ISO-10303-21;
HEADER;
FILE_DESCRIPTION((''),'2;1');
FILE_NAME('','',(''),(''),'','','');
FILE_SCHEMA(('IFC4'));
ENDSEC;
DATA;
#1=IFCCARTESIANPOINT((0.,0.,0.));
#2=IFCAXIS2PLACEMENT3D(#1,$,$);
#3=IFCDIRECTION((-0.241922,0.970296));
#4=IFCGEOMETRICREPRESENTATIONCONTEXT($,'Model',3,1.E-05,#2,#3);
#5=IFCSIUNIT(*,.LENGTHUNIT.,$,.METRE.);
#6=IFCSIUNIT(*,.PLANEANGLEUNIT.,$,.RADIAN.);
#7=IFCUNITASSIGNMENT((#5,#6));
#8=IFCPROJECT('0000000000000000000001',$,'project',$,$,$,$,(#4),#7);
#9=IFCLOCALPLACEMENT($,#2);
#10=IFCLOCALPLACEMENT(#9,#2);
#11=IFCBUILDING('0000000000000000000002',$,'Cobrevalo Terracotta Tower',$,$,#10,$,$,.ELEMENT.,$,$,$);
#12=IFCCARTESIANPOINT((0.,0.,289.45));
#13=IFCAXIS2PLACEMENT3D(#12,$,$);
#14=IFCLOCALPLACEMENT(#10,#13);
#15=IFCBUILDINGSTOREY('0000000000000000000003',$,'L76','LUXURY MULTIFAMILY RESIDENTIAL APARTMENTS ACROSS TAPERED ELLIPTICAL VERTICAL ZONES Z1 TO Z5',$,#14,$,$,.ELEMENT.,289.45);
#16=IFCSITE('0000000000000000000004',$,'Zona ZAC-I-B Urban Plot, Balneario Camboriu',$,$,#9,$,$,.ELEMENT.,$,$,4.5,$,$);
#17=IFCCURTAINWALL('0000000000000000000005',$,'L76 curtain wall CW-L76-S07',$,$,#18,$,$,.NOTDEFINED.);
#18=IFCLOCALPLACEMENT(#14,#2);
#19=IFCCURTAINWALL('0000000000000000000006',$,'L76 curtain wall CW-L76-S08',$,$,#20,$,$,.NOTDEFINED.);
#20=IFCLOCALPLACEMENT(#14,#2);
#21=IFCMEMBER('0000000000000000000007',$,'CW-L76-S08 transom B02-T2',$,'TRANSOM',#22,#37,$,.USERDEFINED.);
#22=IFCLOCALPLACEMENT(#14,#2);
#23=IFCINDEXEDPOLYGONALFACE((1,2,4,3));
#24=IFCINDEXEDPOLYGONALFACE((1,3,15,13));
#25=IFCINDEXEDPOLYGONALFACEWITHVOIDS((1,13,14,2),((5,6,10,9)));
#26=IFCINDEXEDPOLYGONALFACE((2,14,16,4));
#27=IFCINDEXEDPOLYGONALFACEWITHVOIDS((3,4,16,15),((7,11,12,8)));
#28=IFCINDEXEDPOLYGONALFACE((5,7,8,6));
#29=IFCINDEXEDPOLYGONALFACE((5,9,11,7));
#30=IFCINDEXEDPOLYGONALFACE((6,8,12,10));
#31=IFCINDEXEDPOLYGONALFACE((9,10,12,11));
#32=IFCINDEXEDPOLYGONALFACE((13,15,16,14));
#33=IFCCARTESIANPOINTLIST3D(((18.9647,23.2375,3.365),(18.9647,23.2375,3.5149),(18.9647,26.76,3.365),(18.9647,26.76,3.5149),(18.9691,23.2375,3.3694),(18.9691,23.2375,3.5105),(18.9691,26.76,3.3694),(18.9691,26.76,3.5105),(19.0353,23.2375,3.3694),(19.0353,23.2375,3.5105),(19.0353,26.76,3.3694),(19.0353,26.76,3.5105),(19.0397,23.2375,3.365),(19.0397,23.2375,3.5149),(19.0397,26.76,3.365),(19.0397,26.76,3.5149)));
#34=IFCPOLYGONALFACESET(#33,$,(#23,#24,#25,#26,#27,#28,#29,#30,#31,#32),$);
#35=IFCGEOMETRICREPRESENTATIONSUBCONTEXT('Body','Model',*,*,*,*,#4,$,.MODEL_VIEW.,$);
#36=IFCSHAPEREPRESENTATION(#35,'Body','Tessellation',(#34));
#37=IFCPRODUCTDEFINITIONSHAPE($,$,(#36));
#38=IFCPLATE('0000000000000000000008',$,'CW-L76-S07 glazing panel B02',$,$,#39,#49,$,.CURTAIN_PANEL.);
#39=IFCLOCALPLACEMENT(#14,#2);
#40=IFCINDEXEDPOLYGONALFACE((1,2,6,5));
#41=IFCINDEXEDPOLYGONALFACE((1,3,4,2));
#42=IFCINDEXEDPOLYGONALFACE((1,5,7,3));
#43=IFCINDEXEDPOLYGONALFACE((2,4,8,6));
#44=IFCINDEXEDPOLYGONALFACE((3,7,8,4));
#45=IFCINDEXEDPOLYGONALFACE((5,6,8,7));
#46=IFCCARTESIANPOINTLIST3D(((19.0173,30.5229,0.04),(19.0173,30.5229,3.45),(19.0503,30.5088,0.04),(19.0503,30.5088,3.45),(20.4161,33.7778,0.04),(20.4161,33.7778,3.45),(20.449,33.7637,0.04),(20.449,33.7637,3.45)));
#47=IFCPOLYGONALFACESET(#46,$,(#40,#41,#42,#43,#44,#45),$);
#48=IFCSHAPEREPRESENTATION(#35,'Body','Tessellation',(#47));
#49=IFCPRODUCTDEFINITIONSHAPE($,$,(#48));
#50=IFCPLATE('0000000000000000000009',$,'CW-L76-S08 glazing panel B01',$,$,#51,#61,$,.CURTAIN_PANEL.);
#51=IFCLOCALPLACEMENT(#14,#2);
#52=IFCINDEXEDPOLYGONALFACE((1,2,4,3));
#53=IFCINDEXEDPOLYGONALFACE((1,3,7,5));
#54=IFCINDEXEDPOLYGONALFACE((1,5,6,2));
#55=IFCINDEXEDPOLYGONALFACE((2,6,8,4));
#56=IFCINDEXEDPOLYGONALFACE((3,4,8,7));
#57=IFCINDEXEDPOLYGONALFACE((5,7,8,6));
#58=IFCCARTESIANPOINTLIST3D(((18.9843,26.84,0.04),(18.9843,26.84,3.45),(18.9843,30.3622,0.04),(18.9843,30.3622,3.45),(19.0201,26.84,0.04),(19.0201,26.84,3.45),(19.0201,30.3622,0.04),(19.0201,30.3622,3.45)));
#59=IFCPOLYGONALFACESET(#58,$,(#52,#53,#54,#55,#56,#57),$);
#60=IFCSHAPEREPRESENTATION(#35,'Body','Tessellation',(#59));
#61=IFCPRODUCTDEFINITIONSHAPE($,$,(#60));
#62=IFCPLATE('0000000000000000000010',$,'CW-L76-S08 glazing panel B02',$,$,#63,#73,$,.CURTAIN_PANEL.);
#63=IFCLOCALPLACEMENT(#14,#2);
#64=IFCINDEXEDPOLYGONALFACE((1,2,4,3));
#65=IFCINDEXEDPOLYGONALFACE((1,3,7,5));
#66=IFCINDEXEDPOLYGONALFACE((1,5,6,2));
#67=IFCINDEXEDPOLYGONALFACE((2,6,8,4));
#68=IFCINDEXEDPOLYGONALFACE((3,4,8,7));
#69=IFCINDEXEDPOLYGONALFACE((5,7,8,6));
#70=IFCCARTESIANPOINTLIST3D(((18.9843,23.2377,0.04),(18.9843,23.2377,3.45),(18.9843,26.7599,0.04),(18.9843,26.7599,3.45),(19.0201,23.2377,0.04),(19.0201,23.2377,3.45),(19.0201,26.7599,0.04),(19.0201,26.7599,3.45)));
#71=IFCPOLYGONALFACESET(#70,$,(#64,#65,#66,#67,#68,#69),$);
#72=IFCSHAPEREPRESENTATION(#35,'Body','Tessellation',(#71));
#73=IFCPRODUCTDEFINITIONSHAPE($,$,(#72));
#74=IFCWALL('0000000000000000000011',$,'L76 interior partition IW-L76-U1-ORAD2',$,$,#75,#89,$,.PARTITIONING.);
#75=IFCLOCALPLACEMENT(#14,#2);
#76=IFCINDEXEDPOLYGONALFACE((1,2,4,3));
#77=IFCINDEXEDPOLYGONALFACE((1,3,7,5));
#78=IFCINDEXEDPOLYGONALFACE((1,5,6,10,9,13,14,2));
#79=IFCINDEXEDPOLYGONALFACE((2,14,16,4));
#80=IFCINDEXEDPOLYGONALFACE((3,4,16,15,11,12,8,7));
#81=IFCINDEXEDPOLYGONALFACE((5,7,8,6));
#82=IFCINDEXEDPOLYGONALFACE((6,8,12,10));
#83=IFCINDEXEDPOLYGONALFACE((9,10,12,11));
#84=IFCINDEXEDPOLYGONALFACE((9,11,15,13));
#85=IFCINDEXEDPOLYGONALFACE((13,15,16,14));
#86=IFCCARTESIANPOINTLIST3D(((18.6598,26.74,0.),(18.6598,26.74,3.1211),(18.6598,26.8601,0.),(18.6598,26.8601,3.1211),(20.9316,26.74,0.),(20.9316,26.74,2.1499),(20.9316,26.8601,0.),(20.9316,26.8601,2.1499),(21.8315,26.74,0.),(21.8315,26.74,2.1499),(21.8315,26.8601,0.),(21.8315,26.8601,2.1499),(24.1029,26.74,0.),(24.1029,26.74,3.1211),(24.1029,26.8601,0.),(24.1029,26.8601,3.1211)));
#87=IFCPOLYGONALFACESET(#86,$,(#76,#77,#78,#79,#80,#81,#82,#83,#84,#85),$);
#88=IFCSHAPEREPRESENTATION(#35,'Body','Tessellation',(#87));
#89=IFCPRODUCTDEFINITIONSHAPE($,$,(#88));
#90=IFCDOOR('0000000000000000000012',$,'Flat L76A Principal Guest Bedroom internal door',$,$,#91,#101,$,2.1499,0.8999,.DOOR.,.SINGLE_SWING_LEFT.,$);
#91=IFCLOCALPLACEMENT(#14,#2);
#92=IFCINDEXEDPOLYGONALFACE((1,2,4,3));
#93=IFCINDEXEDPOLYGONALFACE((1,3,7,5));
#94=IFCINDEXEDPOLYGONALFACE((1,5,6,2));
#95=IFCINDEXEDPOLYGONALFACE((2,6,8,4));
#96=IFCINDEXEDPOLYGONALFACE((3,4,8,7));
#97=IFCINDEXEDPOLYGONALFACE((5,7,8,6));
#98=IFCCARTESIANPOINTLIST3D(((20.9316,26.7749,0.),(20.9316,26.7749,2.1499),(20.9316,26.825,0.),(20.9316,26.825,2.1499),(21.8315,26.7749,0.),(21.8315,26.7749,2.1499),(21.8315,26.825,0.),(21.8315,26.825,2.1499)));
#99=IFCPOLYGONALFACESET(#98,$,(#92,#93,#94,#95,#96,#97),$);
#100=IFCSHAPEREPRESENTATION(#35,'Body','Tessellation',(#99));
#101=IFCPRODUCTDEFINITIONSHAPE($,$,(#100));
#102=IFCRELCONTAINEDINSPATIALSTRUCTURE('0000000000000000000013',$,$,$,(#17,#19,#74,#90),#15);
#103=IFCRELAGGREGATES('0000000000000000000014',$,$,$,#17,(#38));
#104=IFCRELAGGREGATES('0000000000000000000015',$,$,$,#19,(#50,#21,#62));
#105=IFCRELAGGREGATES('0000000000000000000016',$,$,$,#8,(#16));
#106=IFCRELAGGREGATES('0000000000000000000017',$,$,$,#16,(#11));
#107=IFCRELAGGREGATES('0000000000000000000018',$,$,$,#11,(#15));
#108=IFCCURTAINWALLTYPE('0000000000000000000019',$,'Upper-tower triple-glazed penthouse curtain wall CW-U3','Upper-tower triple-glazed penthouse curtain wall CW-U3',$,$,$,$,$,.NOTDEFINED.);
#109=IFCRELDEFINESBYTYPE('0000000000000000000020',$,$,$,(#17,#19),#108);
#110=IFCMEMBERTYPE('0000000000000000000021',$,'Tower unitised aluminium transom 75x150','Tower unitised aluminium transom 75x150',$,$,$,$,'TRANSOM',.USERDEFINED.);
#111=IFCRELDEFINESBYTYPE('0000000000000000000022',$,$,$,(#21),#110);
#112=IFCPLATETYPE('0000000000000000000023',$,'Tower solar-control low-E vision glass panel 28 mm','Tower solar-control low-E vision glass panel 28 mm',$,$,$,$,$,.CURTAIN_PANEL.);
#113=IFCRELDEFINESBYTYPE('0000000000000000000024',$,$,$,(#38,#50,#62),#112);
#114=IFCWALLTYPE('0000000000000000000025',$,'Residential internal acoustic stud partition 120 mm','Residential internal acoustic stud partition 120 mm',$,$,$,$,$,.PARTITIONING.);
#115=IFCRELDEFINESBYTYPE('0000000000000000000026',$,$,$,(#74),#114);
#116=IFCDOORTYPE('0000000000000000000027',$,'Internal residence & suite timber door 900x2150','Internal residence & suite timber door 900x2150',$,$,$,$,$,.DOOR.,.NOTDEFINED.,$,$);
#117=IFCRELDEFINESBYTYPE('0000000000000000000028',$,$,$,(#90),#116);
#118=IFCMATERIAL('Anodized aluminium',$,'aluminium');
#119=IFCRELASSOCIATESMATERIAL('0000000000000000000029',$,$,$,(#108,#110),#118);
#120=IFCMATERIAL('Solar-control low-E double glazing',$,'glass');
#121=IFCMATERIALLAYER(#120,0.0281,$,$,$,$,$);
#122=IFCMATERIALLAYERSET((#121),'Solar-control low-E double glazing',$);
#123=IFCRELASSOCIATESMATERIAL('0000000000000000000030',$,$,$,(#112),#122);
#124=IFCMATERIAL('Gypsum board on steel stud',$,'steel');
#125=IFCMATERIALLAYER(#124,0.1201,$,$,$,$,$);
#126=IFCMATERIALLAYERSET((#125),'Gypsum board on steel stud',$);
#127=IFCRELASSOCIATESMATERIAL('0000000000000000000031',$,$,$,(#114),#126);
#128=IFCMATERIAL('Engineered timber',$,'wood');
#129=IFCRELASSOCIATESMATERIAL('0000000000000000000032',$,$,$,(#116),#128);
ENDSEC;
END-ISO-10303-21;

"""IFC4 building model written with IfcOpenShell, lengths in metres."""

from ifc_helpers import new_model, si_unit, direction, frame, frame_2d, origin, origin_2d, place, context, subcontext, project, spatial, rectangle, hollow_rectangle, extrude, source, transform, mapped, material, layer, layer_set, material_profile, profile_set, type_object, element, fill, aggregate, save


model = new_model("IFC4")

# Units and contexts
model_context = context("Model", 3, precision=1e-05, world=origin(), true_north=direction((-0.241922, 0.970296)))
body_context = subcontext(model_context, "Body", "Model", "MODEL_VIEW")
ifc_project = project(units=[si_unit("LENGTHUNIT", "METRE"), si_unit("PLANEANGLEUNIT", "RADIAN")], contexts=[model_context])

# Site, building, storey
site_placement = place(None, origin())
site = spatial("IfcSite", under=ifc_project, at=site_placement, Name="Zona ZAC-I-B Urban Plot, Balneario Camboriu", CompositionType="ELEMENT", RefElevation=4.5)
building_placement = place(site_placement, origin())
building = spatial("IfcBuilding", under=site, at=building_placement, Name="Cobrevalo Terracotta Tower", CompositionType="ELEMENT")
storey_placement = place(building_placement, frame((0.0, 0.0, 289.45)))
storey = spatial("IfcBuildingStorey", under=building, at=storey_placement, Name="L76", Description="LUXURY MULTIFAMILY RESIDENTIAL APARTMENTS ACROSS TAPERED ELLIPTICAL VERTICAL ZONES Z1 TO Z5", CompositionType="ELEMENT", Elevation=289.45)

# Curtain wall
ifc_material_1 = material(Name="Anodized aluminium", Category="aluminium")
curtain_wall_type = type_object("IfcCurtainWallType", Name="Upper-tower triple-glazed penthouse curtain wall CW-U3", Description="Upper-tower triple-glazed penthouse curtain wall CW-U3", PredefinedType="NOTDEFINED", material=ifc_material_1)
curtain_wall_1_placement = place(storey_placement, origin())
curtain_wall_1 = element("IfcCurtainWall", 1, at=curtain_wall_1_placement, inside=storey, type_object=curtain_wall_type, Name="L76 curtain wall CW-L76-S07", PredefinedType="NOTDEFINED")

# Curtain wall, member
curtain_wall_2_placement = place(storey_placement, origin())
curtain_wall_2 = element("IfcCurtainWall", 2, at=curtain_wall_2_placement, inside=storey, type_object=curtain_wall_type, Name="L76 curtain wall CW-L76-S08", PredefinedType="NOTDEFINED")
ifc_material_profile_1 = material_profile(ifc_material_1, hollow_rectangle(XDim=0.075, YDim=0.1499, WallThickness=0.0044, at=origin_2d()), Name="CWT 75x150")
ifc_profile_set_1 = profile_set([ifc_material_profile_1], Name="Anodized aluminium")
member_type_1 = type_object("IfcMemberType", Name="Tower unitised aluminium transom 75x150", Description="Tower unitised aluminium transom 75x150", ElementType="TRANSOM", PredefinedType="USERDEFINED", material=ifc_profile_set_1)
shared_shape_1 = source(origin(), body_context, "Body", "SweptSolid", [
    extrude(hollow_rectangle(XDim=0.075, YDim=0.1499, WallThickness=0.0044, at=origin_2d()), origin(), (0.0, 0.0, 1.0), 3.5225),
])
member_1_placement = place(storey_placement, frame((19.0022, 26.76, 3.4399), z_axis=(0.0, -1.0, 0.0), x_axis=(1.0, 0.0, 0.0)))
member_1 = element("IfcMember", 3, at=member_1_placement, type_object=member_type_1, Name="CW-L76-S08 transom B02-T2", ObjectType="TRANSOM", PredefinedType="USERDEFINED", context=body_context, shape_type="MappedRepresentation", body=[
    mapped(shared_shape_1, transform((0.0, 0.0, 0.0), scale=1.0)),
])

# Plates
ifc_material_2 = material(Name="Solar-control low-E double glazing", Category="glass")
ifc_layer_1 = layer(ifc_material_2, 0.0281)
ifc_layer_set_1 = layer_set([ifc_layer_1], Name="Solar-control low-E double glazing")
plate_type = type_object("IfcPlateType", Name="Tower solar-control low-E vision glass panel 28 mm", Description="Tower solar-control low-E vision glass panel 28 mm", PredefinedType="CURTAIN_PANEL", material=ifc_layer_set_1)
shared_shape_2 = source(origin(), body_context, "Body", "SweptSolid", [
    extrude(rectangle(XDim=3.5427, YDim=0.0359, at=origin_2d()), origin(), (0.0, 0.0, 1.0), 3.4099),
])
plate_1_placement = place(storey_placement, frame((19.7332, 32.1433, 0.04), z_axis=(0.0, 0.0, 1.0), x_axis=(-0.394829, -0.918755, 0.0)))
plate_1 = element("IfcPlate", 4, at=plate_1_placement, type_object=plate_type, Name="CW-L76-S07 glazing panel B02", PredefinedType="CURTAIN_PANEL", context=body_context, shape_type="MappedRepresentation", body=[
    mapped(shared_shape_2, transform((0.0, 0.0, 0.0), scale=1.0)),
])
aggregate(curtain_wall_1, [plate_1])
shared_shape_3 = source(origin(), body_context, "Body", "SweptSolid", [
    extrude(rectangle(XDim=3.5222, YDim=0.0359, at=origin_2d()), origin(), (0.0, 0.0, 1.0), 3.4099),
])
plate_2_placement = place(storey_placement, frame((19.0022, 28.6011, 0.04), z_axis=(0.0, 0.0, 1.0), x_axis=(0.0, -1.0, 0.0)))
plate_2 = element("IfcPlate", 5, at=plate_2_placement, type_object=plate_type, Name="CW-L76-S08 glazing panel B01", PredefinedType="CURTAIN_PANEL", context=body_context, shape_type="MappedRepresentation", body=[
    mapped(shared_shape_3, transform((0.0, 0.0, 0.0), scale=1.0)),
])
plate_3_placement = place(storey_placement, frame((19.0022, 24.9988, 0.04), z_axis=(0.0, 0.0, 1.0), x_axis=(0.0, -1.0, 0.0)))
plate_3 = element("IfcPlate", 6, at=plate_3_placement, type_object=plate_type, Name="CW-L76-S08 glazing panel B02", PredefinedType="CURTAIN_PANEL", context=body_context, shape_type="MappedRepresentation", body=[
    mapped(shared_shape_3, transform((0.0, 0.0, 0.0), scale=1.0)),
])
aggregate(curtain_wall_2, [plate_2, member_1, plate_3])

# Wall, opening, door
ifc_material_3 = material(Name="Gypsum board on steel stud", Category="steel")
ifc_layer_2 = layer(ifc_material_3, 0.1201)
ifc_layer_set_2 = layer_set([ifc_layer_2], Name="Gypsum board on steel stud")
wall_type = type_object("IfcWallType", Name="Residential internal acoustic stud partition 120 mm", Description="Residential internal acoustic stud partition 120 mm", PredefinedType="PARTITIONING", material=ifc_layer_set_2)
wall_placement = place(storey_placement, frame((24.103, 26.8, 0.0), z_axis=(0.0, 0.0, 1.0), x_axis=(-1.0, 0.0, 0.0)))
wall = element("IfcWall", 7, at=wall_placement, inside=storey, type_object=wall_type, Name="L76 interior partition IW-L76-U1-ORAD2", PredefinedType="PARTITIONING", context=body_context, shape_type="SweptSolid", body=[
    extrude(rectangle(XDim=5.4431, YDim=0.1201, at=frame_2d((2.7217, 0.0))), origin(), (0.0, 0.0, 1.0), 3.1211),
])
opening_placement = place(wall_placement, frame((2.2715, 0.0, 0.0)))
opening = element("IfcOpeningElement", 8, at=opening_placement, cuts=wall, PredefinedType="OPENING", context=body_context, shape_type="SweptSolid", body=[
    extrude(rectangle(XDim=0.8999, YDim=2.1499, at=frame_2d((0.45, 1.075))), frame((0.0, 0.0701, 0.0), z_axis=(0.0, -1.0, 0.0), x_axis=(1.0, 0.0, 0.0)), (0.0, 0.0, 1.0), 0.1401),
])
ifc_material_4 = material(Name="Engineered timber", Category="wood")
door_type = type_object("IfcDoorType", Name="Internal residence & suite timber door 900x2150", Description="Internal residence & suite timber door 900x2150", OperationType="NOTDEFINED", PredefinedType="DOOR", material=ifc_material_4)
shared_shape_4 = source(origin(), body_context, "Body", "SweptSolid", [
    extrude(rectangle(XDim=0.8999, YDim=2.1499, at=frame_2d((0.45, 1.075))), frame((0.0, 0.0249, 0.0), z_axis=(0.0, -1.0, 0.0), x_axis=(1.0, 0.0, 0.0)), (0.0, 0.0, 1.0), 0.05),
])
door_placement = place(opening_placement, frame((0.8999, 0.0, 0.0), z_axis=(0.0, 0.0, 1.0), x_axis=(-1.0, 0.0, 0.0)))
door = element("IfcDoor", 9, at=door_placement, inside=storey, type_object=door_type, Name="Flat L76A Principal Guest Bedroom internal door", OperationType="SINGLE_SWING_LEFT", OverallHeight=2.1499, OverallWidth=0.8999, PredefinedType="DOOR", context=body_context, shape_type="MappedRepresentation", body=[
    mapped(shared_shape_4, transform((0.0, 0.0, 0.0), scale=1.0)),
])
fill(opening, door)

save(model, "model.ifc")
